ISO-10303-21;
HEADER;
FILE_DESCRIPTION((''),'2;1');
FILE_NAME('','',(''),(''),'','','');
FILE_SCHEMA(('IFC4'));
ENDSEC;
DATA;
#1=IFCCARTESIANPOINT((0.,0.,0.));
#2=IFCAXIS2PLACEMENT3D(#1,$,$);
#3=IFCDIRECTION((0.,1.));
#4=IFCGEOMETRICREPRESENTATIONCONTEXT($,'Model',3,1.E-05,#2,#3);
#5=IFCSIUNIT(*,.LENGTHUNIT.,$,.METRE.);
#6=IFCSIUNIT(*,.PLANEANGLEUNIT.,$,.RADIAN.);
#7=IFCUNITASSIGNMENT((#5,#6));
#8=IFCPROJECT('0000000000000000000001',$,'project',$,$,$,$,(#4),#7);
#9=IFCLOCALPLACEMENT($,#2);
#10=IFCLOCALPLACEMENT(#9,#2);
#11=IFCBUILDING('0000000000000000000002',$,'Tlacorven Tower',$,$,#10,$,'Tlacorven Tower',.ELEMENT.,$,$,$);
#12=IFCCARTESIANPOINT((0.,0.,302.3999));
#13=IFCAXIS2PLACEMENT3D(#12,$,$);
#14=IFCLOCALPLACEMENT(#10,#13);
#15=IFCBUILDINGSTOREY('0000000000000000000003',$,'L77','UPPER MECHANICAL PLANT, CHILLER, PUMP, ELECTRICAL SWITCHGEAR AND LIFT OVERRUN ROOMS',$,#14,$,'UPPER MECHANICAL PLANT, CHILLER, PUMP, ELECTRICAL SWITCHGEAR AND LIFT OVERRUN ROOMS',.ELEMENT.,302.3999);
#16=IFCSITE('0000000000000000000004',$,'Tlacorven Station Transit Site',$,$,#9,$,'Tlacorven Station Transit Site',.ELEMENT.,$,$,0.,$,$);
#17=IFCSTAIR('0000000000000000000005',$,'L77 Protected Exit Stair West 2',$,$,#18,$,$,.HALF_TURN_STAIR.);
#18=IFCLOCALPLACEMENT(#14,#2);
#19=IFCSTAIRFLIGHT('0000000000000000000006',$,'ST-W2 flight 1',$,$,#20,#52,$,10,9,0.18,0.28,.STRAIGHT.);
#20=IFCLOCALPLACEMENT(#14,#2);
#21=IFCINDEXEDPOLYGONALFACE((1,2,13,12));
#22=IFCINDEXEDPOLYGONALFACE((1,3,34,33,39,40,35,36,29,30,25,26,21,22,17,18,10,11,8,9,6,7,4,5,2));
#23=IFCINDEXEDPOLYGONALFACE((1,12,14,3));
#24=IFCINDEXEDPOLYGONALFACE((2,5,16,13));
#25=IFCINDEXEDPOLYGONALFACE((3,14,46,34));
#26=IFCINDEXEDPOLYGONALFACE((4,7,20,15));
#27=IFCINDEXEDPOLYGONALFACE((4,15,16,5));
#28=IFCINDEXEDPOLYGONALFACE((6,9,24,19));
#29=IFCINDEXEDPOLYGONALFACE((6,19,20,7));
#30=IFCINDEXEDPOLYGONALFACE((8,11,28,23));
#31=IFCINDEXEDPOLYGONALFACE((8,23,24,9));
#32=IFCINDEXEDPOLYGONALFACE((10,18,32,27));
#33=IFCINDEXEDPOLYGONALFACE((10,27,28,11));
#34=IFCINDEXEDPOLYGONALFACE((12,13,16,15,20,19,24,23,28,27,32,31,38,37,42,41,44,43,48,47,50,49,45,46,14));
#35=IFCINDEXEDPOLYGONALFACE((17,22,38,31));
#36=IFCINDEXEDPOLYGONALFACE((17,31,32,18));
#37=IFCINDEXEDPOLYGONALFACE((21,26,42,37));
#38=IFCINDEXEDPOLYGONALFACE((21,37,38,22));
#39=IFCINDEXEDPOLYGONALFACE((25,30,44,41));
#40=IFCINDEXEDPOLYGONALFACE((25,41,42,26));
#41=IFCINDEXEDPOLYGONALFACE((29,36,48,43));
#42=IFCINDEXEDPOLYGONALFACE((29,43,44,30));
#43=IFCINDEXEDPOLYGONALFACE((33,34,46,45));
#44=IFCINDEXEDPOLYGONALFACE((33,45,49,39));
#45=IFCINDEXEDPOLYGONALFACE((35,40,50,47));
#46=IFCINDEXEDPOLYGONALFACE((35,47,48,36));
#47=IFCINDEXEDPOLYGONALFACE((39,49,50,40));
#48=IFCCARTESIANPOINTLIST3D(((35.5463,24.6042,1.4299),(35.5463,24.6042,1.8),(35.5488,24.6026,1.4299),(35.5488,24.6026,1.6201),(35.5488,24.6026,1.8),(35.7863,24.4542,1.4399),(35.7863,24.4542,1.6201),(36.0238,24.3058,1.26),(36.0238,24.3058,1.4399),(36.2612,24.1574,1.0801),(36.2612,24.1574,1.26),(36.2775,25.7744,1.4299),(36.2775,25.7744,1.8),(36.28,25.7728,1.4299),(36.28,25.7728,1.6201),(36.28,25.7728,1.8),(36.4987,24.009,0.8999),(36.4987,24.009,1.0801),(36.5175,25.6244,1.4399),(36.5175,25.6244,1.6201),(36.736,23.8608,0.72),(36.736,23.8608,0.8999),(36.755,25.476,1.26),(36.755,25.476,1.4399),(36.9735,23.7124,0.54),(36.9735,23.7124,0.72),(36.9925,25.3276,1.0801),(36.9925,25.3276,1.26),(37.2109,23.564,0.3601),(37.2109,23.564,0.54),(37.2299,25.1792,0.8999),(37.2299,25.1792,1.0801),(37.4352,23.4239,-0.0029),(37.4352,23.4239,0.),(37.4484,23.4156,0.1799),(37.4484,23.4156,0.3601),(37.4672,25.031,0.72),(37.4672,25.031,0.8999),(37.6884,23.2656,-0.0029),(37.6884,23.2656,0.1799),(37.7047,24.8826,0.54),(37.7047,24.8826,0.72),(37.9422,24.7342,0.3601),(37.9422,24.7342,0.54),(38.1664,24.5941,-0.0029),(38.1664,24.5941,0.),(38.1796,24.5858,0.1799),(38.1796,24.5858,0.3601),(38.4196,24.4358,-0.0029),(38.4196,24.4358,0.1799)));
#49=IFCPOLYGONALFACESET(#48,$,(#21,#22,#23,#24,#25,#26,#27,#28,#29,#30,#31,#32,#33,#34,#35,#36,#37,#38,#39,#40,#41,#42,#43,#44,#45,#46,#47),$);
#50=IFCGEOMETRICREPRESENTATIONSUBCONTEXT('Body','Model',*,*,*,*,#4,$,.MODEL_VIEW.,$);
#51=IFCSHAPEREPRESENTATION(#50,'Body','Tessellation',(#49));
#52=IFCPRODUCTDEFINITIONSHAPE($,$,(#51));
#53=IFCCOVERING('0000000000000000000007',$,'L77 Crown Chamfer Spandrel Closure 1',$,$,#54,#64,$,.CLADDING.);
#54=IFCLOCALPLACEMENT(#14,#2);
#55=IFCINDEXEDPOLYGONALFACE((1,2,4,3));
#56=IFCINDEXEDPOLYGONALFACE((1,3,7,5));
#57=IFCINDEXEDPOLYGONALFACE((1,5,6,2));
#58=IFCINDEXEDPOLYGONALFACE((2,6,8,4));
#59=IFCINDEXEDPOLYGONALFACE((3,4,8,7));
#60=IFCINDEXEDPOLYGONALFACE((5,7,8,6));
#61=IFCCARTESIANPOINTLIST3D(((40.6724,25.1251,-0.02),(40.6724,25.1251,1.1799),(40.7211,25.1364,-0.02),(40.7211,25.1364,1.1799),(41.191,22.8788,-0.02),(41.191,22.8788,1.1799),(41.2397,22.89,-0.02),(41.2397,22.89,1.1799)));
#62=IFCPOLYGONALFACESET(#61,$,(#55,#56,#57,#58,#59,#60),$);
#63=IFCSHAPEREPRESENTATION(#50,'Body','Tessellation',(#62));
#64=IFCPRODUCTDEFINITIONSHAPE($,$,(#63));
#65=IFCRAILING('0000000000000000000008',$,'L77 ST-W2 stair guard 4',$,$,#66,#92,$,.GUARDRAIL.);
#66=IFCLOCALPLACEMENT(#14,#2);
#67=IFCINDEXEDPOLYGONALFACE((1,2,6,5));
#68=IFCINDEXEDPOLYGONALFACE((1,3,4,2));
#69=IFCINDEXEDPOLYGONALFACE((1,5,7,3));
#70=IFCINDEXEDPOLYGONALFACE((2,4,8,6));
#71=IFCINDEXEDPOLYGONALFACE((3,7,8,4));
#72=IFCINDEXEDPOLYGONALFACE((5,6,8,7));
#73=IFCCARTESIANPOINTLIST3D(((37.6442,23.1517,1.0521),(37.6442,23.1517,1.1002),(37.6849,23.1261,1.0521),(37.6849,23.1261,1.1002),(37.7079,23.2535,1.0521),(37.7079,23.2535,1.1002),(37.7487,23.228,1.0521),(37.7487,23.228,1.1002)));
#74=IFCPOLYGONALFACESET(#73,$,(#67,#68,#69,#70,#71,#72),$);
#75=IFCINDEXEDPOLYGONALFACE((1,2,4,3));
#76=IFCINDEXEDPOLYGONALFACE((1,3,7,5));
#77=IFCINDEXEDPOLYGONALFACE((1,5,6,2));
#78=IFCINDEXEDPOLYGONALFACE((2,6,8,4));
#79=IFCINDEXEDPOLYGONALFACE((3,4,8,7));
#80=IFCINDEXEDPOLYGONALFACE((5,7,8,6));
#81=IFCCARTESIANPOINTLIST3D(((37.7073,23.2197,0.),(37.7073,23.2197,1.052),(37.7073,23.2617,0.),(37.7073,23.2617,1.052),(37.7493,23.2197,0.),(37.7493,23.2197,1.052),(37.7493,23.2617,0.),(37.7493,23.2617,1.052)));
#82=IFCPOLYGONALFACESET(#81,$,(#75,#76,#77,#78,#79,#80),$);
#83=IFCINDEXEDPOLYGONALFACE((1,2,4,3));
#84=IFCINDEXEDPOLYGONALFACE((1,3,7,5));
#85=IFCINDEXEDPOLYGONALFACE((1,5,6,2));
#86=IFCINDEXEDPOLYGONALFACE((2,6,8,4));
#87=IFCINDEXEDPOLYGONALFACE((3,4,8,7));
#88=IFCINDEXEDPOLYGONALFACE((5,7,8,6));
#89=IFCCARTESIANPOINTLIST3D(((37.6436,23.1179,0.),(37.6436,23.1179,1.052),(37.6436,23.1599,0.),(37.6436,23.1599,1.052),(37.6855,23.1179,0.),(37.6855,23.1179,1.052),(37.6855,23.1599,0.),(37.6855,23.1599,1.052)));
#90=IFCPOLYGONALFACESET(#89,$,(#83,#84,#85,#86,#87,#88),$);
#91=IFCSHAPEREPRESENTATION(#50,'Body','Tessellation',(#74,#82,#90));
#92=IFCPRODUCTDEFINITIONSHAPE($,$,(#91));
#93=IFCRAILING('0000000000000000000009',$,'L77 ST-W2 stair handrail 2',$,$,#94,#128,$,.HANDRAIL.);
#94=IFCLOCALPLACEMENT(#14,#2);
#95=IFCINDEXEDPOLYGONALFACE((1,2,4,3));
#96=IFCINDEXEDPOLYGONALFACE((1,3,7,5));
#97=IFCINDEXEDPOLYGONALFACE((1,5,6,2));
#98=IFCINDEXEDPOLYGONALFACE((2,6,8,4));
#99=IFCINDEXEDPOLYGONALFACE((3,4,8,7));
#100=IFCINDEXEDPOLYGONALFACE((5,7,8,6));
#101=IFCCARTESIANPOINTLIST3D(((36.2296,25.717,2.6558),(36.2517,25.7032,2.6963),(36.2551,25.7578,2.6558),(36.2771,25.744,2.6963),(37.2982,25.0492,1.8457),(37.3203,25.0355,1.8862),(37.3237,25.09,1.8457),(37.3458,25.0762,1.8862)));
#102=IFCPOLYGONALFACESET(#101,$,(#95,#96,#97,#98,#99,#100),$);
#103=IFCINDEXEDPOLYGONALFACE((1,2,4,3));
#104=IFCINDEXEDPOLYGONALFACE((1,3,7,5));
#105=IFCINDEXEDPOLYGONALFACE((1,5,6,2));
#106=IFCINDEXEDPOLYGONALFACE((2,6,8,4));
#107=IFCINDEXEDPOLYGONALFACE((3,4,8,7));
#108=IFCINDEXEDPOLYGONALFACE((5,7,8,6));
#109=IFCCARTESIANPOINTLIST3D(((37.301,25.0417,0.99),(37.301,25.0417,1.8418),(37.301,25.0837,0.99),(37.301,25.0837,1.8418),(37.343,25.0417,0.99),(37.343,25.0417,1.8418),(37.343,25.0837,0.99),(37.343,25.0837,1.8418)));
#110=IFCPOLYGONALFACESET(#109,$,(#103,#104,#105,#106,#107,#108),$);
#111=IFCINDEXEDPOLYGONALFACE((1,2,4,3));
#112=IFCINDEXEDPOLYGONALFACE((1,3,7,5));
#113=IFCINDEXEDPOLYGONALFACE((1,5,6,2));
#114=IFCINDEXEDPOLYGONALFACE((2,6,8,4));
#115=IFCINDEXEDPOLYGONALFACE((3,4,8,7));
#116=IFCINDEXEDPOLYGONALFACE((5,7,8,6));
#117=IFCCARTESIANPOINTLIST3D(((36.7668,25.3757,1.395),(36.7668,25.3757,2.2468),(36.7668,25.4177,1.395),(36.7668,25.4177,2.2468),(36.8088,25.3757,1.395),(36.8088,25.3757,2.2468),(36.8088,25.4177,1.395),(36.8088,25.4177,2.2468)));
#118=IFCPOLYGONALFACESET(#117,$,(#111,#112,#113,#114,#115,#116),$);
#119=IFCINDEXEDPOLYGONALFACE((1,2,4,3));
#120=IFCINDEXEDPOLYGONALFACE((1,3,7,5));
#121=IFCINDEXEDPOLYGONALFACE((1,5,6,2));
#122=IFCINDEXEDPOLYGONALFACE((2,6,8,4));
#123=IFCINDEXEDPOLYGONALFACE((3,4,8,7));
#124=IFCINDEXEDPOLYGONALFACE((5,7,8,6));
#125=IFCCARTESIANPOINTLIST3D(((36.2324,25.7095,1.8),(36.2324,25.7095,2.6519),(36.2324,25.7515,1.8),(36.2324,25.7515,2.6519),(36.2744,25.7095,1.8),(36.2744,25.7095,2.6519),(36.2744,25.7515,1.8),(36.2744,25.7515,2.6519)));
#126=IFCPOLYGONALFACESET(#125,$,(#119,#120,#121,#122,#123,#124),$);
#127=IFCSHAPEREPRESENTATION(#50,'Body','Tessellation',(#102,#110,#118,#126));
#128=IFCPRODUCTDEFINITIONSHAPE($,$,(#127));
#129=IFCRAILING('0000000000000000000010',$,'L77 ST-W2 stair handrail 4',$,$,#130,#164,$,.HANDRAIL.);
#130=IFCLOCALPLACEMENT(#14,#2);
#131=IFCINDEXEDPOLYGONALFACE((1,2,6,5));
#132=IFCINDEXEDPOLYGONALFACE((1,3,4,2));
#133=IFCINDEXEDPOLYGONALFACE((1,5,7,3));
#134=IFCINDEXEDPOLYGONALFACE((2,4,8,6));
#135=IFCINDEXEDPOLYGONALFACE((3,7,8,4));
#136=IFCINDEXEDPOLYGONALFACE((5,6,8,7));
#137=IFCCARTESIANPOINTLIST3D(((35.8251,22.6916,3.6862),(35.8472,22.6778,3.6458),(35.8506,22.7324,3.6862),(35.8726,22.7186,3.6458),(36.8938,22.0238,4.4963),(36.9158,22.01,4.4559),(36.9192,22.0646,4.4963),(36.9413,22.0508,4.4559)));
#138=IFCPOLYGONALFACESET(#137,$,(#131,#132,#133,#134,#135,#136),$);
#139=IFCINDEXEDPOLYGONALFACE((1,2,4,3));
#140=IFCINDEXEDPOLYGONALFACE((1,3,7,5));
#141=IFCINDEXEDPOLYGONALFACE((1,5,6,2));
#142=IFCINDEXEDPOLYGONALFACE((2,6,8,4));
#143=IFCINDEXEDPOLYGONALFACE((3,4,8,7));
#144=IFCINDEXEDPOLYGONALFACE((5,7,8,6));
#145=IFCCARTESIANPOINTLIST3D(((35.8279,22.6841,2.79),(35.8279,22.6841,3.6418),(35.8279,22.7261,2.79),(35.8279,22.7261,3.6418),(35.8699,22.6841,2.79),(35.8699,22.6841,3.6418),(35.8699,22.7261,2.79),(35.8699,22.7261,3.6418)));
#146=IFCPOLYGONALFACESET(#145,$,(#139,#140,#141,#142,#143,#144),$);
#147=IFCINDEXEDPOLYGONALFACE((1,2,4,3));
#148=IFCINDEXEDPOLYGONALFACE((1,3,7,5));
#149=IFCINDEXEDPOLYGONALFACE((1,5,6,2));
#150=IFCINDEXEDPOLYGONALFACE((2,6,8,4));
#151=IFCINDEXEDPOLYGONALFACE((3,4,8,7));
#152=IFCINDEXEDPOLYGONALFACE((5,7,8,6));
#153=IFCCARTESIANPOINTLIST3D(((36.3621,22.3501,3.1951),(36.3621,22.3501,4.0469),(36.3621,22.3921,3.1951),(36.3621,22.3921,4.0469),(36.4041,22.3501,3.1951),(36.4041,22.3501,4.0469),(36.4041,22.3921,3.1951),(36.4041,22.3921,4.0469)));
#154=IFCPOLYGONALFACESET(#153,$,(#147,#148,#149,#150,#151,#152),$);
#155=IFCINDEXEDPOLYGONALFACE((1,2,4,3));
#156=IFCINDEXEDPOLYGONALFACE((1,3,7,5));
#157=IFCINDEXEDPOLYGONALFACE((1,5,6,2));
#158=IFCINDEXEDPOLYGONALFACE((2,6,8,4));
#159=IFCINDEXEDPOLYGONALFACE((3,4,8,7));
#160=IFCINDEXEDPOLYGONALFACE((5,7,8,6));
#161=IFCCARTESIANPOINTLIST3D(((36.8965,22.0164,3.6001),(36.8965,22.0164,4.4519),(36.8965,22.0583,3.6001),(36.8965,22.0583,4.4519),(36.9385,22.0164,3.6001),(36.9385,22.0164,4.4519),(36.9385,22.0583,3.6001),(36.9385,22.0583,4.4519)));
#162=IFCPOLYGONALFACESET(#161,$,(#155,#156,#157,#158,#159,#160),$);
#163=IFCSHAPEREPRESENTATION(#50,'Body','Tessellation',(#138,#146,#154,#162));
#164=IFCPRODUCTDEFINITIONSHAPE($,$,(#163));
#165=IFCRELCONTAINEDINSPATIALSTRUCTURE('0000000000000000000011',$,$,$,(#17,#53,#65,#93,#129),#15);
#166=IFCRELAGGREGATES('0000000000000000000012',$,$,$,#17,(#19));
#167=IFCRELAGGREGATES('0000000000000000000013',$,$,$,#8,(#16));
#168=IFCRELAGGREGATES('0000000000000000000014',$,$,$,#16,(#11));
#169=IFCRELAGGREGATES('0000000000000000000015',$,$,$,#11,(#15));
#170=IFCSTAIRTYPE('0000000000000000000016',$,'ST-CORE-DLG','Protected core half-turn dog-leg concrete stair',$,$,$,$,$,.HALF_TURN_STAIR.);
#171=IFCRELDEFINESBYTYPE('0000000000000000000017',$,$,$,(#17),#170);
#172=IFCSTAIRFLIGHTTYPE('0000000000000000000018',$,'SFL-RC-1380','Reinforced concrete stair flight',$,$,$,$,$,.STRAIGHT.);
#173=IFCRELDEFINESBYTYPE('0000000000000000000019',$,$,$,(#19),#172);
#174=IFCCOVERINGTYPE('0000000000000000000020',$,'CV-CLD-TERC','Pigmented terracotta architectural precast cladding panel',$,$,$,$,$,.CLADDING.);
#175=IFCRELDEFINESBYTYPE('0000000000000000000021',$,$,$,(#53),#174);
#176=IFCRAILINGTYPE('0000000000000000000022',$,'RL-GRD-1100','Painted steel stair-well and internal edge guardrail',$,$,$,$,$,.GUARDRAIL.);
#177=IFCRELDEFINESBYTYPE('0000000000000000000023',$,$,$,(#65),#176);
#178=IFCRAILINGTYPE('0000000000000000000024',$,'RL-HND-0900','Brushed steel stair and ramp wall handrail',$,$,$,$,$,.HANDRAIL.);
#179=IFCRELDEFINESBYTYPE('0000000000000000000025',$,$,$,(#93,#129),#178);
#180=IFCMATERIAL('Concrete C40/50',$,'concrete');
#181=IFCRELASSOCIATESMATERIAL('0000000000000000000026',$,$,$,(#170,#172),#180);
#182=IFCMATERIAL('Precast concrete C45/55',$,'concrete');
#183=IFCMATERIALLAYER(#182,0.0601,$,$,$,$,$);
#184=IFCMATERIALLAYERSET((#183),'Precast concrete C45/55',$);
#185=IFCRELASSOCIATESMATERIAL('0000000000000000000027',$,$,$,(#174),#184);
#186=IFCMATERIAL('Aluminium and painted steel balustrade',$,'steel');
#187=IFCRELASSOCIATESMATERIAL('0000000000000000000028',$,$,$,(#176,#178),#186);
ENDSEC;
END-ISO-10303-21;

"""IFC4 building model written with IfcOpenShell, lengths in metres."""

from ifc_helpers import new_model, si_unit, direction, frame, origin, origin_2d, place, context, subcontext, project, spatial, polyline, rectangle, outline, extrude, source, transform, mapped, material, layer, layer_set, type_object, element, aggregate, save


model = new_model("IFC4")

# Units and contexts
model_context = context("Model", 3, precision=1e-05, world=origin(), true_north=direction((0.0, 1.0)))
body_context = subcontext(model_context, "Body", "Model", "MODEL_VIEW")
ifc_project = project(units=[si_unit("LENGTHUNIT", "METRE"), si_unit("PLANEANGLEUNIT", "RADIAN")], contexts=[model_context])

# Site, building, storey
site_placement = place(None, origin())
site = spatial("IfcSite", under=ifc_project, at=site_placement, Name="Tlacorven Station Transit Site", LongName="Tlacorven Station Transit Site", CompositionType="ELEMENT", RefElevation=0.0)
building_placement = place(site_placement, origin())
building = spatial("IfcBuilding", under=site, at=building_placement, Name="Tlacorven Tower", LongName="Tlacorven Tower", CompositionType="ELEMENT")
storey_placement = place(building_placement, frame((0.0, 0.0, 302.3999)))
storey = spatial("IfcBuildingStorey", under=building, at=storey_placement, Name="L77", Description="UPPER MECHANICAL PLANT, CHILLER, PUMP, ELECTRICAL SWITCHGEAR AND LIFT OVERRUN ROOMS", LongName="UPPER MECHANICAL PLANT, CHILLER, PUMP, ELECTRICAL SWITCHGEAR AND LIFT OVERRUN ROOMS", CompositionType="ELEMENT", Elevation=302.3999)

# Shared definitions
ifc_material_1 = material(Name="Precast concrete C45/55", Category="concrete")

# Stair, stair flight
ifc_material_2 = material(Name="Concrete C40/50", Category="concrete")
stair_type = type_object("IfcStairType", Name="ST-CORE-DLG", Description="Protected core half-turn dog-leg concrete stair", PredefinedType="HALF_TURN_STAIR", material=ifc_material_2)
stair_placement = place(storey_placement, origin())
stair = element("IfcStair", 1, at=stair_placement, inside=storey, type_object=stair_type, Name="L77 Protected Exit Stair West 2", PredefinedType="HALF_TURN_STAIR")
stair_flight_type = type_object("IfcStairFlightType", Name="SFL-RC-1380", Description="Reinforced concrete stair flight", PredefinedType="STRAIGHT", material=ifc_material_2)
shared_shape_1 = source(origin(), body_context, "Body", "SweptSolid", [
    extrude(outline(polyline([(-0.0029, -0.0029), (-0.0029, 0.1799), (0.28, 0.1799), (0.28, 0.3601), (0.5601, 0.3601), (0.5601, 0.54), (0.8401, 0.54), (0.8401, 0.72), (1.1201, 0.72), (1.1201, 0.8999), (1.3999, 0.8999), (1.3999, 1.0801), (1.6799, 1.0801), (1.6799, 1.26), (1.96, 1.26), (1.96, 1.4399), (2.24, 1.4399), (2.24, 1.6201), (2.52, 1.6201), (2.52, 1.8), (2.5229, 1.8), (2.5229, 1.4299), (2.52, 1.4299), (0.2957, 0.0), (0.2957, -0.0029), (-0.0029, -0.0029)])), frame((0.0, 0.6899, 0.0), z_axis=(0.0, -1.0, 0.0), x_axis=(1.0, 0.0, 0.0)), (0.0, 0.0, 1.0), 1.3799),
])
stair_flight_placement = place(storey_placement, frame((38.0515, 23.8523, 0.0), z_axis=(0.0, 0.0, 1.0), x_axis=(-0.848048, 0.529919, 0.0)))
stair_flight = element("IfcStairFlight", 2, at=stair_flight_placement, type_object=stair_flight_type, Name="ST-W2 flight 1", NumberOfRisers=10, NumberOfTreads=9, PredefinedType="STRAIGHT", RiserHeight=0.18, TreadLength=0.28, context=body_context, shape_type="MappedRepresentation", body=[
    mapped(shared_shape_1, transform((0.0, 0.0, 0.0), scale=1.0)),
])
aggregate(stair, [stair_flight])

# Covering
ifc_layer_1 = layer(ifc_material_1, 0.0601)
ifc_layer_set_1 = layer_set([ifc_layer_1], Name="Precast concrete C45/55")
covering_type = type_object("IfcCoveringType", Name="CV-CLD-TERC", Description="Pigmented terracotta architectural precast cladding panel", PredefinedType="CLADDING", material=ifc_layer_set_1)
shared_shape_2 = source(origin(), body_context, "Body", "SweptSolid", [
    extrude(rectangle(XDim=2.3054, YDim=0.05, at=origin_2d()), origin(), (0.0, 0.0, 1.0), 1.2),
])
covering_placement = place(storey_placement, frame((40.9561, 24.0076, -0.02), z_axis=(0.0, 0.0, 1.0), x_axis=(0.22495, -0.97437, 0.0)))
element("IfcCovering", 3, at=covering_placement, inside=storey, type_object=covering_type, Name="L77 Crown Chamfer Spandrel Closure 1", PredefinedType="CLADDING", context=body_context, shape_type="MappedRepresentation", body=[
    mapped(shared_shape_2, transform((0.0, 0.0, 0.0), scale=1.0)),
])

# Railings
ifc_material_3 = material(Name="Aluminium and painted steel balustrade", Category="steel")
railing_type_1 = type_object("IfcRailingType", Name="RL-GRD-1100", Description="Painted steel stair-well and internal edge guardrail", PredefinedType="GUARDRAIL", material=ifc_material_3)
shared_shape_3 = source(origin(), body_context, "Body", "SweptSolid", [
    extrude(rectangle(XDim=0.0481, YDim=0.0481, at=origin_2d()), frame((0.0, 0.0, 1.0762), z_axis=(-0.530547, -0.847656, 0.0), x_axis=(0.847656, -0.530547, 0.0)), (0.0, 0.0, 1.0), 0.1201),
    extrude(rectangle(XDim=0.042, YDim=0.042, at=origin_2d()), origin(), (0.0, 0.0, 1.0), 1.052),
    extrude(rectangle(XDim=0.042, YDim=0.042, at=origin_2d()), frame((-0.0637, -0.1018, 0.0)), (0.0, 0.0, 1.0), 1.052),
])
railing_1_placement = place(storey_placement, frame((37.7283, 23.2407, 0.0)))
element("IfcRailing", 4, at=railing_1_placement, inside=storey, type_object=railing_type_1, Name="L77 ST-W2 stair guard 4", PredefinedType="GUARDRAIL", context=body_context, shape_type="MappedRepresentation", body=[
    mapped(shared_shape_3, transform((0.0, 0.0, 0.0), scale=1.0)),
])
railing_type_2 = type_object("IfcRailingType", Name="RL-HND-0900", Description="Brushed steel stair and ramp wall handrail", PredefinedType="HANDRAIL", material=ifc_material_3)
shared_shape_4 = source(origin(), body_context, "Body", "SweptSolid", [
    extrude(rectangle(XDim=0.0481, YDim=0.0481, at=origin_2d()), frame((0.0, 0.0, 0.876), z_axis=(-0.71336, 0.445748, 0.540765), x_axis=(-0.529912, -0.848053, 0.0)), (0.0, 0.0, 1.0), 1.498),
    extrude(rectangle(XDim=0.042, YDim=0.042, at=origin_2d()), origin(), (0.0, 0.0, 1.0), 0.8518),
    extrude(rectangle(XDim=0.042, YDim=0.042, at=origin_2d()), frame((-0.5342, 0.334, 0.405)), (0.0, 0.0, 1.0), 0.8518),
    extrude(rectangle(XDim=0.042, YDim=0.042, at=origin_2d()), frame((-1.0686, 0.6677, 0.8101)), (0.0, 0.0, 1.0), 0.8518),
])
railing_2_placement = place(storey_placement, frame((37.322, 25.0627, 0.99)))
element("IfcRailing", 5, at=railing_2_placement, inside=storey, type_object=railing_type_2, Name="L77 ST-W2 stair handrail 2", PredefinedType="HANDRAIL", context=body_context, shape_type="MappedRepresentation", body=[
    mapped(shared_shape_4, transform((0.0, 0.0, 0.0), scale=1.0)),
])
shared_shape_5 = source(origin(), body_context, "Body", "SweptSolid", [
    extrude(rectangle(XDim=0.0481, YDim=0.0481, at=origin_2d()), frame((0.0, 0.0, 0.876), z_axis=(0.71336, -0.445748, 0.540765), x_axis=(0.529912, 0.848053, 0.0)), (0.0, 0.0, 1.0), 1.498),
    extrude(rectangle(XDim=0.042, YDim=0.042, at=origin_2d()), origin(), (0.0, 0.0, 1.0), 0.8518),
    extrude(rectangle(XDim=0.042, YDim=0.042, at=origin_2d()), frame((0.5342, -0.334, 0.405)), (0.0, 0.0, 1.0), 0.8518),
    extrude(rectangle(XDim=0.042, YDim=0.042, at=origin_2d()), frame((1.0686, -0.6677, 0.8101)), (0.0, 0.0, 1.0), 0.8518),
])
railing_3_placement = place(storey_placement, frame((35.8489, 22.7051, 2.79)))
element("IfcRailing", 6, at=railing_3_placement, inside=storey, type_object=railing_type_2, Name="L77 ST-W2 stair handrail 4", PredefinedType="HANDRAIL", context=body_context, shape_type="MappedRepresentation", body=[
    mapped(shared_shape_5, transform((0.0, 0.0, 0.0), scale=1.0)),
])

save(model, "model.ifc")
